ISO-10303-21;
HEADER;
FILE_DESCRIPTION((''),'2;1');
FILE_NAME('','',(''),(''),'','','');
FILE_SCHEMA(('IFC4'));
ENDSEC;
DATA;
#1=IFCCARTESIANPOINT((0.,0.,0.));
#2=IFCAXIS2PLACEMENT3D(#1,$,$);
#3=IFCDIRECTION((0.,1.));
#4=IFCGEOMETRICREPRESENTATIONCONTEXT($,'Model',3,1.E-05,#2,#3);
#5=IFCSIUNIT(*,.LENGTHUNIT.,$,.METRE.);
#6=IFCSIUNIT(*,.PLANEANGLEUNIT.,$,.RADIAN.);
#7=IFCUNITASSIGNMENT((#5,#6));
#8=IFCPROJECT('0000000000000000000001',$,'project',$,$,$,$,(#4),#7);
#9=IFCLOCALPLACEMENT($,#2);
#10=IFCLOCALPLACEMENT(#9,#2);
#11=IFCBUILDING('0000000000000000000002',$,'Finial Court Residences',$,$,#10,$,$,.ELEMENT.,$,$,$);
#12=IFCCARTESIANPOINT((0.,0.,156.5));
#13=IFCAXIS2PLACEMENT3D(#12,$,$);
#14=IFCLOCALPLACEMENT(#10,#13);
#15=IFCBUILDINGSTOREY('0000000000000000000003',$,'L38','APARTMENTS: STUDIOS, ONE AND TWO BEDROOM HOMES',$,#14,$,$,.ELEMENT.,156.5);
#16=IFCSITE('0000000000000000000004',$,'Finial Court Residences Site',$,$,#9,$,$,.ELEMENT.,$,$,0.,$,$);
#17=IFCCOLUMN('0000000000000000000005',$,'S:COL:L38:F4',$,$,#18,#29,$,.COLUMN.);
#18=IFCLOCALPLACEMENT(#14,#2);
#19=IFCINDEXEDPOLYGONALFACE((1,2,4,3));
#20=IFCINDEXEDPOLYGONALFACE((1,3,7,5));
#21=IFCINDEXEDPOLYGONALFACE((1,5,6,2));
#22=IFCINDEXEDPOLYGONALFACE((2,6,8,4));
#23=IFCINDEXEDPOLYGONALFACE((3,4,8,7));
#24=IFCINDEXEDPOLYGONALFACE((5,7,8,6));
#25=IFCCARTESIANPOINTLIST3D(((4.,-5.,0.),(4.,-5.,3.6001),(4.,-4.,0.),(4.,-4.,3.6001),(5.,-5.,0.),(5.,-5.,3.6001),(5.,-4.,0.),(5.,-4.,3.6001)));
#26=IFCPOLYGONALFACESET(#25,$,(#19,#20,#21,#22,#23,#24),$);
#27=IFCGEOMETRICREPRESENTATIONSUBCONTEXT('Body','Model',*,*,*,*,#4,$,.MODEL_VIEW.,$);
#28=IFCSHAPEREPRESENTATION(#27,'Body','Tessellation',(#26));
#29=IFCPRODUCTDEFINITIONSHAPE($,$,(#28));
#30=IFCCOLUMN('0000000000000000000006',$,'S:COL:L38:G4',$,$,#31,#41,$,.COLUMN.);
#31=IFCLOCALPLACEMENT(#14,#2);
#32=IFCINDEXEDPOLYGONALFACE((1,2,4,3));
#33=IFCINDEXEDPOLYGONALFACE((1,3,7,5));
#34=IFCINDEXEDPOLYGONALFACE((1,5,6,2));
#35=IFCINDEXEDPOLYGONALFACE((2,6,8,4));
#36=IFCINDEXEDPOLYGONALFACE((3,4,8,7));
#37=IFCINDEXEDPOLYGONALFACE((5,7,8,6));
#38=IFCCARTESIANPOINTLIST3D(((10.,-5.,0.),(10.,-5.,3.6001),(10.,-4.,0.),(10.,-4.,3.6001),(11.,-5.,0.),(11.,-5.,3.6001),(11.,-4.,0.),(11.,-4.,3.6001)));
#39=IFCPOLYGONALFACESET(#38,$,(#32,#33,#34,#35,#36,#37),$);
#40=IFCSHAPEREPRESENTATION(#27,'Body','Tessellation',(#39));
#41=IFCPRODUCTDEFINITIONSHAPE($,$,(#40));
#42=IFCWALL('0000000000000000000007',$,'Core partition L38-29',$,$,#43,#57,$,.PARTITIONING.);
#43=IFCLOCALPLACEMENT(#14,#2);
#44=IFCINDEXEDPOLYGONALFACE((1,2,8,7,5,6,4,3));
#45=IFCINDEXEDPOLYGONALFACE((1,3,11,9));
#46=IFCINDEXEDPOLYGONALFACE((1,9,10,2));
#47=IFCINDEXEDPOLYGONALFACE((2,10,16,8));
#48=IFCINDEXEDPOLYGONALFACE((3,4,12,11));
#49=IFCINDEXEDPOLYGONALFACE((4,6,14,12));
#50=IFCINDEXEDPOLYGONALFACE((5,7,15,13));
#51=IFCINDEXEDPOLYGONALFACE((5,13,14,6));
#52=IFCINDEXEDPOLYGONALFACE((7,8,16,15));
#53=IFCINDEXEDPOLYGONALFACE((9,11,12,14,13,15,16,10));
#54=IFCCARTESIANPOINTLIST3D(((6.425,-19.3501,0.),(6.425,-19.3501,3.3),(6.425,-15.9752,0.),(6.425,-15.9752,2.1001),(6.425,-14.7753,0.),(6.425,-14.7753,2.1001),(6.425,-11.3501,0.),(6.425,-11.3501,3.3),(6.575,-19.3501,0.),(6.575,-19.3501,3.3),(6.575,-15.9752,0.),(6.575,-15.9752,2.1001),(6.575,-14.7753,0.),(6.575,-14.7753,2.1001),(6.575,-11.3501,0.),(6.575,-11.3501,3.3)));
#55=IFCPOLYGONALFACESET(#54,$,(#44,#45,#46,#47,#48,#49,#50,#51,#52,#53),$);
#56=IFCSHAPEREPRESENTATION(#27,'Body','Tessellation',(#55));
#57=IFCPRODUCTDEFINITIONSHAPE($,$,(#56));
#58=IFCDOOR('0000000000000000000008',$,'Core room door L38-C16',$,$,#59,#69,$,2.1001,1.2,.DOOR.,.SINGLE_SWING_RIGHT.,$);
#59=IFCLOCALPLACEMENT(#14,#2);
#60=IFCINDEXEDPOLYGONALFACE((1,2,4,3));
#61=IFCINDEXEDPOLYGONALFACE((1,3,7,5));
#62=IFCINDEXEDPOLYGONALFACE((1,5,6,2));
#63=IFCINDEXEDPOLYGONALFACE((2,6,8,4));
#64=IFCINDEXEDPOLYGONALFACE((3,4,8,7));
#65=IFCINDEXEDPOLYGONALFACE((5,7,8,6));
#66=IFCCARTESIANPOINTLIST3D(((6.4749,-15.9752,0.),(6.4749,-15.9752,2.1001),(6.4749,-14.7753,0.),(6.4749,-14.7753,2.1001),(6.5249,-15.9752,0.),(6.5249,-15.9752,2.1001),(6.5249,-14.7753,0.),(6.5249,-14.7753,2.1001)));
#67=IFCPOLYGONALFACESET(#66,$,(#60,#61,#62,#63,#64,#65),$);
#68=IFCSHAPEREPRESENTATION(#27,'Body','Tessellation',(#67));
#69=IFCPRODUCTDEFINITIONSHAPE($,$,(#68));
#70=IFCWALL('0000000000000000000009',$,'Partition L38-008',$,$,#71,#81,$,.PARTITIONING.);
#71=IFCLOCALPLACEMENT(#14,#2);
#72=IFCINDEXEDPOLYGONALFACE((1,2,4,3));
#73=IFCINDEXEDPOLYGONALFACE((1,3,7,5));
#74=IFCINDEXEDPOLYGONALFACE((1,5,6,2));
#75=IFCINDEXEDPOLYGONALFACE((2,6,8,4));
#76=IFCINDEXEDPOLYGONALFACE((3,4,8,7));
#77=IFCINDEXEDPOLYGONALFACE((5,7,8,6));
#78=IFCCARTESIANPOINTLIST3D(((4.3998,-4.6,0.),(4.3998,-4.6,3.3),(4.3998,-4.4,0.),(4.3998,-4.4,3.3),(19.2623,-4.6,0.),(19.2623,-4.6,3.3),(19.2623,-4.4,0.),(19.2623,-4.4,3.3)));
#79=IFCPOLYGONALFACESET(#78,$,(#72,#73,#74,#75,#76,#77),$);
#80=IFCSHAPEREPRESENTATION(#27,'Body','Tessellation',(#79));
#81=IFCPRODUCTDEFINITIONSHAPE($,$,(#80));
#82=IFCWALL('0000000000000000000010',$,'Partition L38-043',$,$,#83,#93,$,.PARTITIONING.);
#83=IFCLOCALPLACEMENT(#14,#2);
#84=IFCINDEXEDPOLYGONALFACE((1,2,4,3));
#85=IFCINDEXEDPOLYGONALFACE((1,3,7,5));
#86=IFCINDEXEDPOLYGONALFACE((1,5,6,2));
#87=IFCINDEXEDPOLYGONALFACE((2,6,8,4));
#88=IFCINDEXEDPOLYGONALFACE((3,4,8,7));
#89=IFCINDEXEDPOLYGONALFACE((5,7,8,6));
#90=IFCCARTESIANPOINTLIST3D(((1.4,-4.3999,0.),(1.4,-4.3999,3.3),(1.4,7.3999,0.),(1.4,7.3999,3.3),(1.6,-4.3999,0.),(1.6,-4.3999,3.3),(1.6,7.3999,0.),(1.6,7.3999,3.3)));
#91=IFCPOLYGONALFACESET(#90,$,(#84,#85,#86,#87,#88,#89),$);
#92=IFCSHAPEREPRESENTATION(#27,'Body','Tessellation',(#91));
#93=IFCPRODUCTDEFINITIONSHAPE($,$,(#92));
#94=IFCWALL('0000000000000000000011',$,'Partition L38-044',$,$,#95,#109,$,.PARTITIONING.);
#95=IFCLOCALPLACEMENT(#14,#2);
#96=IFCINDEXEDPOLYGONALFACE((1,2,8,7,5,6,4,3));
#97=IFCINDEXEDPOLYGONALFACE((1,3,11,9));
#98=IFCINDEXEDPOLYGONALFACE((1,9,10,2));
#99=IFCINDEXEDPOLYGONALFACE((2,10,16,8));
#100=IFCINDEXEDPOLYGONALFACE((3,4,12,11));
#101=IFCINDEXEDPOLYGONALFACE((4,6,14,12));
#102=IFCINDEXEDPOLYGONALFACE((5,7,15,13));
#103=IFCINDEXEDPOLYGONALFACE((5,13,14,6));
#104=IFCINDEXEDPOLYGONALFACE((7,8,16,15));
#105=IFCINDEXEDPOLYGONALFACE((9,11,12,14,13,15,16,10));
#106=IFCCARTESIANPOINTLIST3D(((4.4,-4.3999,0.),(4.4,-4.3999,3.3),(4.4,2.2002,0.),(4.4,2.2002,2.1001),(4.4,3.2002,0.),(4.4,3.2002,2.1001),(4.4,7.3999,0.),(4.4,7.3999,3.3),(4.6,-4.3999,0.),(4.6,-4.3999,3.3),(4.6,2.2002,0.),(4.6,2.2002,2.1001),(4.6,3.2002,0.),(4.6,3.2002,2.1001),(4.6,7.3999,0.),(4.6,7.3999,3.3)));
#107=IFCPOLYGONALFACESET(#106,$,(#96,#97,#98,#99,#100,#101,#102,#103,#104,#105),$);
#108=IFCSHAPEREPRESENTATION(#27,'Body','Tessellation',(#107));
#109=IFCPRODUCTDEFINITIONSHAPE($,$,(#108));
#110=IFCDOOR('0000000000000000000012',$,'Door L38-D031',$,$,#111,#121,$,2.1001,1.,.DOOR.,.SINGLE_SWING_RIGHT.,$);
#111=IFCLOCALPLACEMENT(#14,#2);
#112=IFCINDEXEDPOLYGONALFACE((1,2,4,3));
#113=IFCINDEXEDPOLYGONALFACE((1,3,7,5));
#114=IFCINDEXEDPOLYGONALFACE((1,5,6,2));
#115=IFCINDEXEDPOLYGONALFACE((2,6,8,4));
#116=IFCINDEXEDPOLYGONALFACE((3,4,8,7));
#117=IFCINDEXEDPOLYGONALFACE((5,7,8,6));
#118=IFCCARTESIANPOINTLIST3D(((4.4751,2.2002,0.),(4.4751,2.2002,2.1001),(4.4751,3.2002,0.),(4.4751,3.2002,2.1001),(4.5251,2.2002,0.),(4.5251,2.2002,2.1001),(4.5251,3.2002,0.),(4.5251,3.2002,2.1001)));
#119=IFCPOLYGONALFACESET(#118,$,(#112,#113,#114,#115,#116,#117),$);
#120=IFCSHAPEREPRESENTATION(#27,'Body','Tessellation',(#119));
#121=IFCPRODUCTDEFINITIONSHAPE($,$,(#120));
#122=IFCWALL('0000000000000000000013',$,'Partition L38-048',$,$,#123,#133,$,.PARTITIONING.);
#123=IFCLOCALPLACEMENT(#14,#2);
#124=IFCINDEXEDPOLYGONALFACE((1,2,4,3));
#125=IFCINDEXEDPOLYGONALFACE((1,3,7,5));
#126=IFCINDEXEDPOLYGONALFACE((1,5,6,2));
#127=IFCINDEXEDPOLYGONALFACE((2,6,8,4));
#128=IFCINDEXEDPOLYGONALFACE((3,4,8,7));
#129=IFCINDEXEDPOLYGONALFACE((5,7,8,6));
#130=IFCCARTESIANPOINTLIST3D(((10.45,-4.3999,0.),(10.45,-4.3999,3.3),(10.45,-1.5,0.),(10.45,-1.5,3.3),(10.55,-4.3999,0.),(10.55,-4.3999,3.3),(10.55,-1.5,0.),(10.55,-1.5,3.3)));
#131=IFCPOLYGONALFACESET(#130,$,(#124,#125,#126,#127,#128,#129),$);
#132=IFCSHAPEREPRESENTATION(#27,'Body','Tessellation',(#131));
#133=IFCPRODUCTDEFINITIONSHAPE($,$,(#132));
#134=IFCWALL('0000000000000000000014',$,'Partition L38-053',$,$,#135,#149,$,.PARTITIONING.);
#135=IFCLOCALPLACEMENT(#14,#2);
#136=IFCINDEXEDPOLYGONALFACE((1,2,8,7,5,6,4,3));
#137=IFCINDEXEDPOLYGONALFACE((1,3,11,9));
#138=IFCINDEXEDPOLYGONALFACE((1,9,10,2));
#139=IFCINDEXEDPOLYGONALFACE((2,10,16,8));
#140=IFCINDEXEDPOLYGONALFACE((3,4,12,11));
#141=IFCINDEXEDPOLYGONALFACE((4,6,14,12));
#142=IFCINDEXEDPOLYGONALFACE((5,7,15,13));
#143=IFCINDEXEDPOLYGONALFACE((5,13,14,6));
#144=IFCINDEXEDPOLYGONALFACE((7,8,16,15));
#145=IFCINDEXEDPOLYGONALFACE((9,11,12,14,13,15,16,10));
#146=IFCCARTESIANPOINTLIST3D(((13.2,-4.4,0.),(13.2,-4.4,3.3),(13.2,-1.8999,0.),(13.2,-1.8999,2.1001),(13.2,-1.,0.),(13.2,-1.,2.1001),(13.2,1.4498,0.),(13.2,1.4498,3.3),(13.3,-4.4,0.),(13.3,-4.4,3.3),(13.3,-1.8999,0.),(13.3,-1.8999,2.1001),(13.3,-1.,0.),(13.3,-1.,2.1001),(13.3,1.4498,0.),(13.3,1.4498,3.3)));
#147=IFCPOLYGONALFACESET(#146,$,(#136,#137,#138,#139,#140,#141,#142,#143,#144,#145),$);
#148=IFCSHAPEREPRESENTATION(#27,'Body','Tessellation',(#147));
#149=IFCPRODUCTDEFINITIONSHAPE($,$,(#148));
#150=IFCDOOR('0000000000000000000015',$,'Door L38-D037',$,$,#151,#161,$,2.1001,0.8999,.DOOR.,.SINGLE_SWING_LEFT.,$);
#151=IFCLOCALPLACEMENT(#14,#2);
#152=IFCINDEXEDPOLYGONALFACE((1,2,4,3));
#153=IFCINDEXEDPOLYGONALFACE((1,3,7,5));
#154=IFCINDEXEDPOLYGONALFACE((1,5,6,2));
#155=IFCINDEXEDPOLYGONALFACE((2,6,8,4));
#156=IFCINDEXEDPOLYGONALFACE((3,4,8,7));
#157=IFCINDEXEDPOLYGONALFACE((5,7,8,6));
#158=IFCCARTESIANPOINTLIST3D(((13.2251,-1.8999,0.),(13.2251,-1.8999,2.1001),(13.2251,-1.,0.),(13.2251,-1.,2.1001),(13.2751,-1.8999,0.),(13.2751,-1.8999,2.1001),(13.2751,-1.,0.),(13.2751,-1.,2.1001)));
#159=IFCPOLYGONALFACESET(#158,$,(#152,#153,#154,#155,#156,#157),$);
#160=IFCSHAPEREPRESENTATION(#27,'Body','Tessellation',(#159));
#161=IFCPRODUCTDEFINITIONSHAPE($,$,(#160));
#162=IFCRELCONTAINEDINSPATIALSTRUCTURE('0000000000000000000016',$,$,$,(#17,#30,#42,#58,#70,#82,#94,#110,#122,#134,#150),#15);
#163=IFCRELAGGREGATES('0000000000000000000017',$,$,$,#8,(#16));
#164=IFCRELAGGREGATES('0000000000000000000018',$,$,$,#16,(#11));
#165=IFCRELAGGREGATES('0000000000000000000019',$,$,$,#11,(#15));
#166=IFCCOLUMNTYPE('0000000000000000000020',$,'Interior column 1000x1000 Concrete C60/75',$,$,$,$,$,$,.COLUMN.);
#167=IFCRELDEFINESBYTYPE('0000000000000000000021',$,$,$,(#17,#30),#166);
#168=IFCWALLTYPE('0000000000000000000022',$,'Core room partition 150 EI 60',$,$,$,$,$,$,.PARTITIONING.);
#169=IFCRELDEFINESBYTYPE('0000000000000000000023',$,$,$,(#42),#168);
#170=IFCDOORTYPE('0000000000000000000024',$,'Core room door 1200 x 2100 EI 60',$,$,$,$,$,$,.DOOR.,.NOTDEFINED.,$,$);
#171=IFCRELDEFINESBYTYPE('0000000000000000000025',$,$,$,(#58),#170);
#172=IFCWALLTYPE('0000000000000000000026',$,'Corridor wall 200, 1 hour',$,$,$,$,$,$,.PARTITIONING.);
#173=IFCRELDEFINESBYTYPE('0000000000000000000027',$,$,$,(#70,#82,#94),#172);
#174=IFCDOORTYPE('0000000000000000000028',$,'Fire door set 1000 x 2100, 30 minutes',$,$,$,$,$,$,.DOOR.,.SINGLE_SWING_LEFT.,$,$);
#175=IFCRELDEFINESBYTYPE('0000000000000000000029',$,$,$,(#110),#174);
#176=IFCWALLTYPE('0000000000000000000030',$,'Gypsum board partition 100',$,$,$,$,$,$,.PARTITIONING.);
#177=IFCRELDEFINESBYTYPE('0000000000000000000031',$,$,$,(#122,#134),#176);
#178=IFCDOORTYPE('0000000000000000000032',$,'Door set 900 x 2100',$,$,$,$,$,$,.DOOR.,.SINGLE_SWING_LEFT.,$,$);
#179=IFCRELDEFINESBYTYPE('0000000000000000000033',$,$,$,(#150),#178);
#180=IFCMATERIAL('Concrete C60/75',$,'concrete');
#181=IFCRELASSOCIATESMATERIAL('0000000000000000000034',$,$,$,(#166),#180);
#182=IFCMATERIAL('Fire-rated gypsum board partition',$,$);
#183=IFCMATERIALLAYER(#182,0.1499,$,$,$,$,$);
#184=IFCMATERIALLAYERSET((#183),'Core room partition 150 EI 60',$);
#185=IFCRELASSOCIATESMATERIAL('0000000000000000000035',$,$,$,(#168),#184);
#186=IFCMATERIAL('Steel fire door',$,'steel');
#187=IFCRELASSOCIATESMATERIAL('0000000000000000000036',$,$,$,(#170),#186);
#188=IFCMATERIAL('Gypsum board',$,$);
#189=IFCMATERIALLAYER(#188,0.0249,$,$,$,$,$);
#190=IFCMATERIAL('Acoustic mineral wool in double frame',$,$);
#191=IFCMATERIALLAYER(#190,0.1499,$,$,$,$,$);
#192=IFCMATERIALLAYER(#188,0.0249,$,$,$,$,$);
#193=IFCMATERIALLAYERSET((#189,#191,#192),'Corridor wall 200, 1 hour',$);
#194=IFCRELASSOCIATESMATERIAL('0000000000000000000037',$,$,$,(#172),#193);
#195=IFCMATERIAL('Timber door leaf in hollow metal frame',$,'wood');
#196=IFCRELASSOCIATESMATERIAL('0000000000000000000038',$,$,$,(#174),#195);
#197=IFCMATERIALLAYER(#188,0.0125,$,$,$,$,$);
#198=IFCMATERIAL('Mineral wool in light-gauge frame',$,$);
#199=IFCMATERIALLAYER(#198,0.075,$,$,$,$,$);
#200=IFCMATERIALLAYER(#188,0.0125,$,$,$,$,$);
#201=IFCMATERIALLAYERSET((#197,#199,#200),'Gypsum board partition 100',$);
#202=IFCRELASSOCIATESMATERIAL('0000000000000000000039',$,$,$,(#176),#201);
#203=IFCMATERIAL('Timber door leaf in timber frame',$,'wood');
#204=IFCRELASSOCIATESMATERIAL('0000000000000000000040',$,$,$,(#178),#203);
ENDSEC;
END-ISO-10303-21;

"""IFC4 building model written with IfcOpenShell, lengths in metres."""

from ifc_helpers import new_model, si_unit, direction, frame, frame_2d, origin, origin_2d, place, context, subcontext, project, spatial, rectangle, extrude, material, layer, layer_set, material_profile, profile_set, type_object, element, fill, save


model = new_model("IFC4")

# Units and contexts
model_context = context("Model", 3, precision=1e-05, world=origin(), true_north=direction((0.0, 1.0)))
body_context = subcontext(model_context, "Body", "Model", "MODEL_VIEW")
ifc_project = project(units=[si_unit("LENGTHUNIT", "METRE"), si_unit("PLANEANGLEUNIT", "RADIAN")], contexts=[model_context])

# Site, building, storey
site_placement = place(None, origin())
site = spatial("IfcSite", under=ifc_project, at=site_placement, Name="Finial Court Residences Site", CompositionType="ELEMENT", RefElevation=0.0)
building_placement = place(site_placement, origin())
building = spatial("IfcBuilding", under=site, at=building_placement, Name="Finial Court Residences", CompositionType="ELEMENT")
storey_placement = place(building_placement, frame((0.0, 0.0, 156.5)))
storey = spatial("IfcBuildingStorey", under=building, at=storey_placement, Name="L38", Description="APARTMENTS: STUDIOS, ONE AND TWO BEDROOM HOMES", CompositionType="ELEMENT", Elevation=156.5)

# Columns
ifc_material_1 = material(Name="Concrete C60/75", Category="concrete")
ifc_material_profile = material_profile(ifc_material_1, rectangle(XDim=1.0, YDim=1.0, at=origin_2d()), Name="1000x1000")
ifc_profile_set = profile_set([ifc_material_profile], Name="Concrete C60/75")
column_type = type_object("IfcColumnType", Name="Interior column 1000x1000 Concrete C60/75", PredefinedType="COLUMN", material=ifc_profile_set)
for number, where, z_axis, x_axis, name in (
    (1, (4.5, -4.5, 0.0), (0.0, 0.0, 1.0), (1.0, 0.0, 0.0), "S:COL:L38:F4"),
    (2, (10.5, -4.5, 0.0), (0.0, 0.0, 1.0), (1.0, 0.0, 0.0), "S:COL:L38:G4"),
):
    element("IfcColumn", number, at=place(storey_placement, frame(where, z_axis=z_axis, x_axis=x_axis)), inside=storey, type_object=column_type, Name=name, PredefinedType="COLUMN", context=body_context, shape_type="SweptSolid", body=[
        extrude(rectangle(XDim=1.0, YDim=1.0, at=origin_2d()), origin(), (0.0, 0.0, 1.0), 3.6001),
    ])

# Wall, opening, door
ifc_material_2 = material(Name="Fire-rated gypsum board partition")
ifc_layer_1 = layer(ifc_material_2, 0.1499)
ifc_layer_set_1 = layer_set([ifc_layer_1], Name="Core room partition 150 EI 60")
wall_type_1 = type_object("IfcWallType", Name="Core room partition 150 EI 60", PredefinedType="PARTITIONING", material=ifc_layer_set_1)
wall_1_placement = place(storey_placement, frame((6.5, -11.3501, 0.0), z_axis=(0.0, 0.0, 1.0), x_axis=(0.0, -1.0, 0.0)))
wall_1 = element("IfcWall", 3, at=wall_1_placement, inside=storey, type_object=wall_type_1, Name="Core partition L38-29", PredefinedType="PARTITIONING", context=body_context, shape_type="SweptSolid", body=[
    extrude(rectangle(XDim=8.0, YDim=0.1499, at=frame_2d((4.0, 0.0))), origin(), (0.0, 0.0, 1.0), 3.3),
])
opening_1_placement = place(wall_1_placement, frame((3.425, 0.0, 0.0)))
opening_1 = element("IfcOpeningElement", 4, at=opening_1_placement, cuts=wall_1, PredefinedType="OPENING", context=body_context, shape_type="SweptSolid", body=[
    extrude(rectangle(XDim=1.2, YDim=2.1001, at=frame_2d((0.6001, 1.05))), frame((0.0, 0.085, 0.0), z_axis=(0.0, -1.0, 0.0), x_axis=(1.0, 0.0, 0.0)), (0.0, 0.0, 1.0), 0.1699),
])
ifc_material_3 = material(Name="Steel fire door", Category="steel")
door_type_1 = type_object("IfcDoorType", Name="Core room door 1200 x 2100 EI 60", OperationType="NOTDEFINED", PredefinedType="DOOR", material=ifc_material_3)
door_1_placement = place(opening_1_placement, origin())
door_1 = element("IfcDoor", 5, at=door_1_placement, inside=storey, type_object=door_type_1, Name="Core room door L38-C16", OperationType="SINGLE_SWING_RIGHT", OverallHeight=2.1001, OverallWidth=1.2, PredefinedType="DOOR", context=body_context, shape_type="SweptSolid", body=[
    extrude(rectangle(XDim=1.2, YDim=2.1001, at=frame_2d((0.6001, 1.05))), frame((0.0, 0.0249, 0.0), z_axis=(0.0, -1.0, 0.0), x_axis=(1.0, 0.0, 0.0)), (0.0, 0.0, 1.0), 0.05),
])
fill(opening_1, door_1)

# Walls
ifc_material_4 = material(Name="Gypsum board")
ifc_layer_2 = layer(ifc_material_4, 0.0249)
ifc_material_5 = material(Name="Acoustic mineral wool in double frame")
ifc_layer_3 = layer(ifc_material_5, 0.1499)
ifc_layer_4 = layer(ifc_material_4, 0.0249)
ifc_layer_set_2 = layer_set([ifc_layer_2, ifc_layer_3, ifc_layer_4], Name="Corridor wall 200, 1 hour")
wall_type_2 = type_object("IfcWallType", Name="Corridor wall 200, 1 hour", PredefinedType="PARTITIONING", material=ifc_layer_set_2)
wall_2_placement = place(storey_placement, frame((4.3999, -4.5, 0.0), z_axis=(0.0, 0.0, 1.0), x_axis=(1.0, 0.0, 0.0)))
element("IfcWall", 6, at=wall_2_placement, inside=storey, type_object=wall_type_2, Name="Partition L38-008", PredefinedType="PARTITIONING", context=body_context, shape_type="SweptSolid", body=[
    extrude(rectangle(XDim=14.8625, YDim=0.2, at=frame_2d((7.4312, 0.0))), origin(), (0.0, 0.0, 1.0), 3.3),
])
wall_3_placement = place(storey_placement, frame((1.5, -4.3999, 0.0), z_axis=(0.0, 0.0, 1.0), x_axis=(0.0, 1.0, 0.0)))
element("IfcWall", 7, at=wall_3_placement, inside=storey, type_object=wall_type_2, Name="Partition L38-043", PredefinedType="PARTITIONING", context=body_context, shape_type="SweptSolid", body=[
    extrude(rectangle(XDim=11.7998, YDim=0.2, at=frame_2d((5.8999, 0.0))), origin(), (0.0, 0.0, 1.0), 3.3),
])

# Wall, opening, door
wall_4_placement = place(storey_placement, frame((4.5, -4.3999, 0.0), z_axis=(0.0, 0.0, 1.0), x_axis=(0.0, 1.0, 0.0)))
wall_4 = element("IfcWall", 8, at=wall_4_placement, inside=storey, type_object=wall_type_2, Name="Partition L38-044", PredefinedType="PARTITIONING", context=body_context, shape_type="SweptSolid", body=[
    extrude(rectangle(XDim=11.7998, YDim=0.2, at=frame_2d((5.8999, 0.0))), origin(), (0.0, 0.0, 1.0), 3.3),
])
opening_2_placement = place(wall_4_placement, frame((6.6001, 0.0, 0.0)))
opening_2 = element("IfcOpeningElement", 9, at=opening_2_placement, cuts=wall_4, PredefinedType="OPENING", context=body_context, shape_type="SweptSolid", body=[
    extrude(rectangle(XDim=1.0, YDim=2.1001, at=frame_2d((0.5, 1.05))), frame((0.0, 0.1099, 0.0), z_axis=(0.0, -1.0, 0.0), x_axis=(1.0, 0.0, 0.0)), (0.0, 0.0, 1.0), 0.22),
])
ifc_material_6 = material(Name="Timber door leaf in hollow metal frame", Category="wood")
door_type_2 = type_object("IfcDoorType", Name="Fire door set 1000 x 2100, 30 minutes", OperationType="SINGLE_SWING_LEFT", PredefinedType="DOOR", material=ifc_material_6)
door_2_placement = place(opening_2_placement, origin())
door_2 = element("IfcDoor", 10, at=door_2_placement, inside=storey, type_object=door_type_2, Name="Door L38-D031", OperationType="SINGLE_SWING_RIGHT", OverallHeight=2.1001, OverallWidth=1.0, PredefinedType="DOOR", context=body_context, shape_type="SweptSolid", body=[
    extrude(rectangle(XDim=1.0, YDim=2.1001, at=frame_2d((0.5, 1.05))), frame((0.0, 0.0249, 0.0), z_axis=(0.0, -1.0, 0.0), x_axis=(1.0, 0.0, 0.0)), (0.0, 0.0, 1.0), 0.05),
])
fill(opening_2, door_2)

# Wall
ifc_layer_5 = layer(ifc_material_4, 0.0125)
ifc_material_7 = material(Name="Mineral wool in light-gauge frame")
ifc_layer_6 = layer(ifc_material_7, 0.075)
ifc_layer_7 = layer(ifc_material_4, 0.0125)
ifc_layer_set_3 = layer_set([ifc_layer_5, ifc_layer_6, ifc_layer_7], Name="Gypsum board partition 100")
wall_type_3 = type_object("IfcWallType", Name="Gypsum board partition 100", PredefinedType="PARTITIONING", material=ifc_layer_set_3)
wall_5_placement = place(storey_placement, frame((10.5, -4.3999, 0.0), z_axis=(0.0, 0.0, 1.0), x_axis=(0.0, 1.0, 0.0)))
element("IfcWall", 11, at=wall_5_placement, inside=storey, type_object=wall_type_3, Name="Partition L38-048", PredefinedType="PARTITIONING", context=body_context, shape_type="SweptSolid", body=[
    extrude(rectangle(XDim=2.8999, YDim=0.1001, at=frame_2d((1.45, 0.0))), origin(), (0.0, 0.0, 1.0), 3.3),
])

# Wall, opening, door
wall_6_placement = place(storey_placement, frame((13.25, -4.3999, 0.0), z_axis=(0.0, 0.0, 1.0), x_axis=(0.0, 1.0, 0.0)))
wall_6 = element("IfcWall", 12, at=wall_6_placement, inside=storey, type_object=wall_type_3, Name="Partition L38-053", PredefinedType="PARTITIONING", context=body_context, shape_type="SweptSolid", body=[
    extrude(rectangle(XDim=5.8499, YDim=0.1001, at=frame_2d((2.9248, 0.0))), origin(), (0.0, 0.0, 1.0), 3.3),
])
opening_3_placement = place(wall_6_placement, frame((2.5, 0.0, 0.0)))
opening_3 = element("IfcOpeningElement", 13, at=opening_3_placement, cuts=wall_6, PredefinedType="OPENING", context=body_context, shape_type="SweptSolid", body=[
    extrude(rectangle(XDim=0.8999, YDim=2.1001, at=frame_2d((0.45, 1.05))), frame((0.0, 0.0601, 0.0), z_axis=(0.0, -1.0, 0.0), x_axis=(1.0, 0.0, 0.0)), (0.0, 0.0, 1.0), 0.1201),
])
ifc_material_8 = material(Name="Timber door leaf in timber frame", Category="wood")
door_type_3 = type_object("IfcDoorType", Name="Door set 900 x 2100", OperationType="SINGLE_SWING_LEFT", PredefinedType="DOOR", material=ifc_material_8)
door_3_placement = place(opening_3_placement, origin())
door_3 = element("IfcDoor", 14, at=door_3_placement, inside=storey, type_object=door_type_3, Name="Door L38-D037", OperationType="SINGLE_SWING_LEFT", OverallHeight=2.1001, OverallWidth=0.8999, PredefinedType="DOOR", context=body_context, shape_type="SweptSolid", body=[
    extrude(rectangle(XDim=0.8999, YDim=2.1001, at=frame_2d((0.45, 1.05))), frame((0.0, 0.0249, 0.0), z_axis=(0.0, -1.0, 0.0), x_axis=(1.0, 0.0, 0.0)), (0.0, 0.0, 1.0), 0.05),
])
fill(opening_3, door_3)

save(model, "model.ifc")
